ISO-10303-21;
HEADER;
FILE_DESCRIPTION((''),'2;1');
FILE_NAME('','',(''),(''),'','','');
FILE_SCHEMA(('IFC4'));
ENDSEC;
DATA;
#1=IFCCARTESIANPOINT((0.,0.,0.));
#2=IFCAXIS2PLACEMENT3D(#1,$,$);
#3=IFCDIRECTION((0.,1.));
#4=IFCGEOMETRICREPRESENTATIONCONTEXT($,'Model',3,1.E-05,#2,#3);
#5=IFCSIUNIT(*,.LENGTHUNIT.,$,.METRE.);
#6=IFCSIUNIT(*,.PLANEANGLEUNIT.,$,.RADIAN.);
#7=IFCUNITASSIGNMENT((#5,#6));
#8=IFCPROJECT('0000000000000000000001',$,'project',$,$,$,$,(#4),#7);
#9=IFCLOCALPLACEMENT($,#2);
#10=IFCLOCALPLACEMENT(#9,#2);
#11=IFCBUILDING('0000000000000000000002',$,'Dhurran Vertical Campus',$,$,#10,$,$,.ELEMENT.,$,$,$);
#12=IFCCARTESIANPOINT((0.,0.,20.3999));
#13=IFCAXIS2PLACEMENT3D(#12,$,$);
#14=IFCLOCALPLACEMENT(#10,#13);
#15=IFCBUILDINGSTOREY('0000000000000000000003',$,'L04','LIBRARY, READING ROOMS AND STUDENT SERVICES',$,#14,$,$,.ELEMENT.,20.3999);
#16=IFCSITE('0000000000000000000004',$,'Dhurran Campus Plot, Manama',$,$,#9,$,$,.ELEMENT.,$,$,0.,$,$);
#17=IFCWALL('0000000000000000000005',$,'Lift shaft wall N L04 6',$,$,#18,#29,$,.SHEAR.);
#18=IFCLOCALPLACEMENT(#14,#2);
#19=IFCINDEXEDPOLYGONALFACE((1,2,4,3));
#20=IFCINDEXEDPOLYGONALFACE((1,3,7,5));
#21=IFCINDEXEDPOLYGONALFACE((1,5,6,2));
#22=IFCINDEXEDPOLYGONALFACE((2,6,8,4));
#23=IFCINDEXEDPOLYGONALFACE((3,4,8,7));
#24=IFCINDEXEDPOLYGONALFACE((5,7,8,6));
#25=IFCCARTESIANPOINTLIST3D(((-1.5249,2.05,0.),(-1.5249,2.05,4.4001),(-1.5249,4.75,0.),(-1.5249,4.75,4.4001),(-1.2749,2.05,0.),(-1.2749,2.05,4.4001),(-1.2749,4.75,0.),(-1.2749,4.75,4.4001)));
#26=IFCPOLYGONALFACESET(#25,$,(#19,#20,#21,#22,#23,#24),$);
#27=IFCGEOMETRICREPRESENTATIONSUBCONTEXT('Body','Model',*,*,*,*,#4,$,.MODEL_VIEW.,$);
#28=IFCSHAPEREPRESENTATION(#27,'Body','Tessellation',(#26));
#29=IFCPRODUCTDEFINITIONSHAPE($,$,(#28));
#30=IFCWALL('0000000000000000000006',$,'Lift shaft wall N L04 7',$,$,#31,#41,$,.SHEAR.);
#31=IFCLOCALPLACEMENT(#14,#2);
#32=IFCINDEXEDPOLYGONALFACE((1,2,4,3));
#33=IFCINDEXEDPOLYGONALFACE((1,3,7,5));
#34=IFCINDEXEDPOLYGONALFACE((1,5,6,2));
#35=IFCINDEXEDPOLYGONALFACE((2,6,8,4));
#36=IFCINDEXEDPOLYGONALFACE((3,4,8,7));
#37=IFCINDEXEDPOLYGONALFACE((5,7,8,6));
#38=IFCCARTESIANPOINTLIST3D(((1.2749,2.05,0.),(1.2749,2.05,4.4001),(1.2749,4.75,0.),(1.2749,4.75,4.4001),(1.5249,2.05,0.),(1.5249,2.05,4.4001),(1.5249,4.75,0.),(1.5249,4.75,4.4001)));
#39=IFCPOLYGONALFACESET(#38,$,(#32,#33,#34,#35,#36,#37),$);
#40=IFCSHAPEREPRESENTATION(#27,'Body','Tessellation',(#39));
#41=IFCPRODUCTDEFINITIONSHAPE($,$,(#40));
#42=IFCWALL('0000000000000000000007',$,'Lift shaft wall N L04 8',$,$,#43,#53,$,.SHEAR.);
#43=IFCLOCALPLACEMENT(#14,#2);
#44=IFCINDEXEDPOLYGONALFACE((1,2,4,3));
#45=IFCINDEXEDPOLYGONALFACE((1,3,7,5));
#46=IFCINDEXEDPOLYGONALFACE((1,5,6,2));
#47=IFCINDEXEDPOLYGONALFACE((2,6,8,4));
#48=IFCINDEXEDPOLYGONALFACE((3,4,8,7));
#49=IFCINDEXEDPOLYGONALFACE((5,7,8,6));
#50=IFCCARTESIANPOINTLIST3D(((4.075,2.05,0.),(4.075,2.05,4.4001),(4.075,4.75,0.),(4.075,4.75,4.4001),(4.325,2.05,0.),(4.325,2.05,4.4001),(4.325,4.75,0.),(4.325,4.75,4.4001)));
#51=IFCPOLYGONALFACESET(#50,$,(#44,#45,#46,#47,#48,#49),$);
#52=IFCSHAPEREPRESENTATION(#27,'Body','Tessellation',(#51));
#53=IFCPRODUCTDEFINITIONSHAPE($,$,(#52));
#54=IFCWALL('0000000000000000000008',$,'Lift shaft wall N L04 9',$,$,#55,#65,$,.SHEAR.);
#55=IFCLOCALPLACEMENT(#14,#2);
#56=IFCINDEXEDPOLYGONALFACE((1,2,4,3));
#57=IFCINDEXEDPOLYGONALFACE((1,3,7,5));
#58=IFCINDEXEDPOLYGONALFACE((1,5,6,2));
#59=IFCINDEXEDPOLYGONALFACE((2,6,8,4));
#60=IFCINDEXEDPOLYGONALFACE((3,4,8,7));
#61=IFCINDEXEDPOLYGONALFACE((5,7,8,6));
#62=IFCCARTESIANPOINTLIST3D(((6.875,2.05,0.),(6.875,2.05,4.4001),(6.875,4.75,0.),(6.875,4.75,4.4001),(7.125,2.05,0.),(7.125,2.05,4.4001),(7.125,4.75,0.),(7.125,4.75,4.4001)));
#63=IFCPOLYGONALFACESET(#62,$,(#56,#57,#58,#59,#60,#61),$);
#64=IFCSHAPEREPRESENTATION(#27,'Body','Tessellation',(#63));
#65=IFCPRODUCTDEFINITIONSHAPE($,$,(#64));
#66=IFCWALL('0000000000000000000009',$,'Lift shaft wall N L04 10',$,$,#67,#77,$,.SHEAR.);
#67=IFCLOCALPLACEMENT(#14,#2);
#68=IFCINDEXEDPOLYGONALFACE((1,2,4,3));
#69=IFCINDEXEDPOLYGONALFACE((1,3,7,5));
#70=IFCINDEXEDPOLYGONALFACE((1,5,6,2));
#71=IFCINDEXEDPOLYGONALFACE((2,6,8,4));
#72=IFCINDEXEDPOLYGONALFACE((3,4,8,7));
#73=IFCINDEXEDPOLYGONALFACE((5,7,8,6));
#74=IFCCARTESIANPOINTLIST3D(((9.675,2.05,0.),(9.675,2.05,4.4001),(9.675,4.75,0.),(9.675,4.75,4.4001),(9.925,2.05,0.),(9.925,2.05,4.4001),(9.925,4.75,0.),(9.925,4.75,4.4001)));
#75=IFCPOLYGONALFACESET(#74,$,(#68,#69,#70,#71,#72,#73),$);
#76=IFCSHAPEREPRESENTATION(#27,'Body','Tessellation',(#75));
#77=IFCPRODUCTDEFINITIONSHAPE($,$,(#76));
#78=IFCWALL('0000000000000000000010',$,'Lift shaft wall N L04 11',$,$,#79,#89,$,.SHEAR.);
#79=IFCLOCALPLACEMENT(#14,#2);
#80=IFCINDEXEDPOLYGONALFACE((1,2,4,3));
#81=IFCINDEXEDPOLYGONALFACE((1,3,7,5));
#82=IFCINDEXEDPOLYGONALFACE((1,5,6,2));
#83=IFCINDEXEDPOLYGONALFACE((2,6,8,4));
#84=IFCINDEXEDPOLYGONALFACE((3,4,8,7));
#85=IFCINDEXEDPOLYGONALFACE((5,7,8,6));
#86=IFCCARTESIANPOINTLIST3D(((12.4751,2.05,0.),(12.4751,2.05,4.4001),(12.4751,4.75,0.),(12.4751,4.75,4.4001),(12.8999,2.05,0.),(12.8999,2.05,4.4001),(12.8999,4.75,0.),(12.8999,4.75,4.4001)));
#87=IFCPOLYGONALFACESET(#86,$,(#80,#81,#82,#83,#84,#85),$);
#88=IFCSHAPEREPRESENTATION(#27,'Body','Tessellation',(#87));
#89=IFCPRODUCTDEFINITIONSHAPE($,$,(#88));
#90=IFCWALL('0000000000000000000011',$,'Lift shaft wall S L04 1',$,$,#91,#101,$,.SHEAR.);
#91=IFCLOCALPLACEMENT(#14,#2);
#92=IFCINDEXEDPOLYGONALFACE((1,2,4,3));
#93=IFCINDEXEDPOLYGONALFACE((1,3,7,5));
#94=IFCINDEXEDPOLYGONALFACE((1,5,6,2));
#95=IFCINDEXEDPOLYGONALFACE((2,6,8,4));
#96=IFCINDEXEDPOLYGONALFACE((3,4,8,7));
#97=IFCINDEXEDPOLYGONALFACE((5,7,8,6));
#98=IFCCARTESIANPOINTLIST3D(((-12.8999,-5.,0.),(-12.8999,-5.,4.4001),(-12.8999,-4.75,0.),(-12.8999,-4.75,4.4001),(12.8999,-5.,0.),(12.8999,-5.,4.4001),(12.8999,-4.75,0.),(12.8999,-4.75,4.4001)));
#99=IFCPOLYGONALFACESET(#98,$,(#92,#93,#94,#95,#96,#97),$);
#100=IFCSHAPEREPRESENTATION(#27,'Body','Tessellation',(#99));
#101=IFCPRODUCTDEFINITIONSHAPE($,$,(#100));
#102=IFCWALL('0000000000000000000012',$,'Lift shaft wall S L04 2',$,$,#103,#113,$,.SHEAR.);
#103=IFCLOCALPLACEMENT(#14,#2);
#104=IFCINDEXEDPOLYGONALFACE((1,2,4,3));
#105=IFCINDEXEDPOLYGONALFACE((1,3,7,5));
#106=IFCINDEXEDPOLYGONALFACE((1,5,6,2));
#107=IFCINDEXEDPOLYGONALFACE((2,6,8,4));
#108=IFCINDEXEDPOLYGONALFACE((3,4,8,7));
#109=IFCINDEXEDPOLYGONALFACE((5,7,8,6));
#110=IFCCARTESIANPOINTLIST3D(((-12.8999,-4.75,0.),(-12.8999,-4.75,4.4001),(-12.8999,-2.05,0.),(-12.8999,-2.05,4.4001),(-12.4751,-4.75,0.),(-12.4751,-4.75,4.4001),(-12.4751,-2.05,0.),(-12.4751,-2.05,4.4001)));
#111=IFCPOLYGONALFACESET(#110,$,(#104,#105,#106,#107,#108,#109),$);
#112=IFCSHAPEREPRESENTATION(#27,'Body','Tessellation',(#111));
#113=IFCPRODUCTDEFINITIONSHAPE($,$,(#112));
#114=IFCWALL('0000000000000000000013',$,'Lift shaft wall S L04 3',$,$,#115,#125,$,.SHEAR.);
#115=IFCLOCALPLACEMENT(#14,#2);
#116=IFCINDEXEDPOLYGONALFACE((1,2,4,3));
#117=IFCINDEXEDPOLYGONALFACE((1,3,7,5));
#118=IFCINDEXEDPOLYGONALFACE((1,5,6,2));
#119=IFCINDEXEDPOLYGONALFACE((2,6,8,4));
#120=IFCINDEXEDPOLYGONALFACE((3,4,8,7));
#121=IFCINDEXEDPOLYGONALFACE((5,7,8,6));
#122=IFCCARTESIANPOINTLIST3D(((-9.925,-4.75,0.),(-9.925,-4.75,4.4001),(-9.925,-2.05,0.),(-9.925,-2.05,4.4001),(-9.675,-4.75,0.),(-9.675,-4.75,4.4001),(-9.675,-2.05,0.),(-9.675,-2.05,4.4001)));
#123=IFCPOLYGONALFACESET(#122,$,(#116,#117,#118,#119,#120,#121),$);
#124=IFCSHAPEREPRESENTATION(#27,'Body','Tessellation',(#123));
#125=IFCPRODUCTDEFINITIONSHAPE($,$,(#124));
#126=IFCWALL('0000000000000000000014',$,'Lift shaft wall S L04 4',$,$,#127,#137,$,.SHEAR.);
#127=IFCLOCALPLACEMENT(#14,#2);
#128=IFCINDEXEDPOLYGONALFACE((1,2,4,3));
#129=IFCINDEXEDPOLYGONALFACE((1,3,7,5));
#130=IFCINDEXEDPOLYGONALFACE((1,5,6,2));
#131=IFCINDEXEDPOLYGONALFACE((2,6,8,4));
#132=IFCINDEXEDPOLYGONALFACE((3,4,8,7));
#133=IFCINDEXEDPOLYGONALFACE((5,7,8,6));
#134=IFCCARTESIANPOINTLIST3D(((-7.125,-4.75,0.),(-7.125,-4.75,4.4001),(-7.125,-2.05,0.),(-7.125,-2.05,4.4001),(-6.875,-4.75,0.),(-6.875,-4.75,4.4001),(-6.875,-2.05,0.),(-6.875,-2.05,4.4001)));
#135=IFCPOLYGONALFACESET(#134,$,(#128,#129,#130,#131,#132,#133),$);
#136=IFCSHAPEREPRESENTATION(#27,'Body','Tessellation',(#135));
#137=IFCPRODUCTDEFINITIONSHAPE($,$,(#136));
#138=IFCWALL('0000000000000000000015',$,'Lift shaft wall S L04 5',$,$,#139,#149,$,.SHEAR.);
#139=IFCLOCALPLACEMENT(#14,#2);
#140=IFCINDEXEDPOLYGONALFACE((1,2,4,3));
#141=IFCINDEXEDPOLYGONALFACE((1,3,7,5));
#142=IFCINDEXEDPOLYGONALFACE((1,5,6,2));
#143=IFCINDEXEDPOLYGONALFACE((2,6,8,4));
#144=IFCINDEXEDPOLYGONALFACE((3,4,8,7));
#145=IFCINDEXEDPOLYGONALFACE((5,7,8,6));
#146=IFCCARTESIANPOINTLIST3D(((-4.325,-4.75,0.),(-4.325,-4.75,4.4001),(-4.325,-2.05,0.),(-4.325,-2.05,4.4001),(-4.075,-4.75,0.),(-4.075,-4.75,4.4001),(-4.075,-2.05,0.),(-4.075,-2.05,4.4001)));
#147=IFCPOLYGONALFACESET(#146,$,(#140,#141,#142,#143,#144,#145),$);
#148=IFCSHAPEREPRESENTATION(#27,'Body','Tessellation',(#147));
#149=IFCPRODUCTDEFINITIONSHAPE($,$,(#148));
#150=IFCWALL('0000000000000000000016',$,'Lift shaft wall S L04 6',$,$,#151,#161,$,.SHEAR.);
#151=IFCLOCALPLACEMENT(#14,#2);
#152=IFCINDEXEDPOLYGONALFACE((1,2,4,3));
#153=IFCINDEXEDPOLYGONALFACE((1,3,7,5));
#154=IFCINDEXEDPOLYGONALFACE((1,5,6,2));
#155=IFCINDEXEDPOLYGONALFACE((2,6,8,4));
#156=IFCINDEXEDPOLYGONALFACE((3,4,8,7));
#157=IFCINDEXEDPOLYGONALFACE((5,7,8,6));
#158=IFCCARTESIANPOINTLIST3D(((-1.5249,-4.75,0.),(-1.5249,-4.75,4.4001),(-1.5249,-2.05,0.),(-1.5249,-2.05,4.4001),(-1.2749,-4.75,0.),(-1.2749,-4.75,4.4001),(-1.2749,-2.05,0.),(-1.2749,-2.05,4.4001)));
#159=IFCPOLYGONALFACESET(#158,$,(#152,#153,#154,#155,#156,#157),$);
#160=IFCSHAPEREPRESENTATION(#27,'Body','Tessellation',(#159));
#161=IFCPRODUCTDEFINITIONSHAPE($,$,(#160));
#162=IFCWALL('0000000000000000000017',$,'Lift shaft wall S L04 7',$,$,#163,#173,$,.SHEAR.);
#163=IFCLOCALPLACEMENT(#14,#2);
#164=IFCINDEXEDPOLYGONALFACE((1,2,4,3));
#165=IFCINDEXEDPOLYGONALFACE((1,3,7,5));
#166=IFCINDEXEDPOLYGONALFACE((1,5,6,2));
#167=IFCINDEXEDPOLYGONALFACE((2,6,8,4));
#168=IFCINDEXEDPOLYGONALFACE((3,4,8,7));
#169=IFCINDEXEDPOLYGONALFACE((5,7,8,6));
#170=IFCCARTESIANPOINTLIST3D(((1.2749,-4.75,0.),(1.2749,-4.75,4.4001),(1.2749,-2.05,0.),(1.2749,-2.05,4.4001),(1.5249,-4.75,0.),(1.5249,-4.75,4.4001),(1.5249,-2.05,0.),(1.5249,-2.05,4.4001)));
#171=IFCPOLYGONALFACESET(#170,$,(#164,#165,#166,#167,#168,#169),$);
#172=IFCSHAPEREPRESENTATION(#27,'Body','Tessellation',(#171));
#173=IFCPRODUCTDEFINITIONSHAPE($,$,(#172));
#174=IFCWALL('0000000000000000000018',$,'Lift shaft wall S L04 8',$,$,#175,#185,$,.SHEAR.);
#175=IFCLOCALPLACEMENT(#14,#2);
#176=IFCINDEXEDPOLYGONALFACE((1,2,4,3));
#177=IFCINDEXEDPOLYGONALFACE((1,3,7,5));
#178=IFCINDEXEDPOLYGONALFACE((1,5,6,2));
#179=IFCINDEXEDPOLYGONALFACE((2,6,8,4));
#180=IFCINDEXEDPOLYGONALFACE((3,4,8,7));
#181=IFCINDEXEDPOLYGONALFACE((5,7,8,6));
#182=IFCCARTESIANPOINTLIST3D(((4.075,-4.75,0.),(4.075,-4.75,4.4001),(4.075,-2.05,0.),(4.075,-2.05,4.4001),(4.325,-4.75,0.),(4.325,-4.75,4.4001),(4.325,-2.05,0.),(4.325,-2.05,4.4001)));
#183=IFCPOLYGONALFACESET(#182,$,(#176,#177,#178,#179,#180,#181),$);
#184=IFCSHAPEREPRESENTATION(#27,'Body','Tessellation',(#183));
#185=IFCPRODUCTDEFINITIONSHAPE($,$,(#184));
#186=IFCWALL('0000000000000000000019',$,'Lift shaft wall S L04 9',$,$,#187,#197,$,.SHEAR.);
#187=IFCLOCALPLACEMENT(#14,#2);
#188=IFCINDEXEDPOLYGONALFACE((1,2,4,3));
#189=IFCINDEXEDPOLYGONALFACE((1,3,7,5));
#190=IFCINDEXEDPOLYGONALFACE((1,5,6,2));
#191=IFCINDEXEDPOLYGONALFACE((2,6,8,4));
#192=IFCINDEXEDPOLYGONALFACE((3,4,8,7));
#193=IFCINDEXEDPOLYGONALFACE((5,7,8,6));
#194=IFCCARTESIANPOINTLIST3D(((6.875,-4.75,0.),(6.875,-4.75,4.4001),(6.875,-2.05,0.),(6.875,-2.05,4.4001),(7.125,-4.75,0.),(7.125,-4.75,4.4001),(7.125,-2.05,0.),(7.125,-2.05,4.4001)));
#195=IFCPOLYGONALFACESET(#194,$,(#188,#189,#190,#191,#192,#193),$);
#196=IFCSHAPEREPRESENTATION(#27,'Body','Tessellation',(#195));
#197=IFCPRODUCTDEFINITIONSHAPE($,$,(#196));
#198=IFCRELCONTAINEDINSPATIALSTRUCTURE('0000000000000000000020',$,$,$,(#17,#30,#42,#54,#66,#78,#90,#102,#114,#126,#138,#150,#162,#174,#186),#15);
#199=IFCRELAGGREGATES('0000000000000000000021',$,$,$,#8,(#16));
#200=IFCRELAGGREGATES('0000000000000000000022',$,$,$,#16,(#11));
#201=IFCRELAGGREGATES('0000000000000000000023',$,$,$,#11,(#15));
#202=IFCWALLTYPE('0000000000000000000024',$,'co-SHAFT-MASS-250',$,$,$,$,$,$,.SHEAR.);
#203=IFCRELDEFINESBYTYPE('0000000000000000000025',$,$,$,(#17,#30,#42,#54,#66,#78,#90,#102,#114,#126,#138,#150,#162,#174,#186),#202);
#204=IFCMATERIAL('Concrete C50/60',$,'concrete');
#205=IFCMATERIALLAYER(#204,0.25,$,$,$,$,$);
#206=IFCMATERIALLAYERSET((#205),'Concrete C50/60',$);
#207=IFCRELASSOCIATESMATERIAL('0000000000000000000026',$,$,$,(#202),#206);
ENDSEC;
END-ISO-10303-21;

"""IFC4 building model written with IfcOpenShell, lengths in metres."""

from ifc_helpers import new_model, si_unit, direction, frame, origin, place, context, subcontext, project, spatial, polyline, outline, extrude, material, layer, layer_set, type_object, element, save


model = new_model("IFC4")

# Units and contexts
model_context = context("Model", 3, precision=1e-05, world=origin(), true_north=direction((0.0, 1.0)))
body_context = subcontext(model_context, "Body", "Model", "MODEL_VIEW")
ifc_project = project(units=[si_unit("LENGTHUNIT", "METRE"), si_unit("PLANEANGLEUNIT", "RADIAN")], contexts=[model_context])

# Site, building, storey
site_placement = place(None, origin())
site = spatial("IfcSite", under=ifc_project, at=site_placement, Name="Dhurran Campus Plot, Manama", CompositionType="ELEMENT", RefElevation=0.0)
building_placement = place(site_placement, origin())
building = spatial("IfcBuilding", under=site, at=building_placement, Name="Dhurran Vertical Campus", CompositionType="ELEMENT")
storey_placement = place(building_placement, frame((0.0, 0.0, 20.3999)))
storey = spatial("IfcBuildingStorey", under=building, at=storey_placement, Name="L04", Description="LIBRARY, READING ROOMS AND STUDENT SERVICES", CompositionType="ELEMENT", Elevation=20.3999)

# Walls
ifc_material = material(Name="Concrete C50/60", Category="concrete")
ifc_layer = layer(ifc_material, 0.25)
ifc_layer_set = layer_set([ifc_layer], Name="Concrete C50/60")
wall_type = type_object("IfcWallType", Name="co-SHAFT-MASS-250", PredefinedType="SHEAR", material=ifc_layer_set)
wall_1_placement = place(storey_placement, origin())
element("IfcWall", 1, at=wall_1_placement, inside=storey, type_object=wall_type, Name="Lift shaft wall N L04 6", PredefinedType="SHEAR", context=body_context, shape_type="SweptSolid", body=[
    extrude(outline(polyline([(-1.5249, 2.05), (-1.2749, 2.05), (-1.2749, 4.75), (-1.5249, 4.75), (-1.5249, 2.05)])), origin(), (0.0, 0.0, 1.0), 4.4001),
])
wall_2_placement = place(storey_placement, origin())
element("IfcWall", 2, at=wall_2_placement, inside=storey, type_object=wall_type, Name="Lift shaft wall N L04 7", PredefinedType="SHEAR", context=body_context, shape_type="SweptSolid", body=[
    extrude(outline(polyline([(1.2749, 2.05), (1.5249, 2.05), (1.5249, 4.75), (1.2749, 4.75), (1.2749, 2.05)])), origin(), (0.0, 0.0, 1.0), 4.4001),
])
wall_3_placement = place(storey_placement, origin())
element("IfcWall", 3, at=wall_3_placement, inside=storey, type_object=wall_type, Name="Lift shaft wall N L04 8", PredefinedType="SHEAR", context=body_context, shape_type="SweptSolid", body=[
    extrude(outline(polyline([(4.075, 2.05), (4.325, 2.05), (4.325, 4.75), (4.075, 4.75), (4.075, 2.05)])), origin(), (0.0, 0.0, 1.0), 4.4001),
])
wall_4_placement = place(storey_placement, origin())
element("IfcWall", 4, at=wall_4_placement, inside=storey, type_object=wall_type, Name="Lift shaft wall N L04 9", PredefinedType="SHEAR", context=body_context, shape_type="SweptSolid", body=[
    extrude(outline(polyline([(6.875, 2.05), (7.125, 2.05), (7.125, 4.75), (6.875, 4.75), (6.875, 2.05)])), origin(), (0.0, 0.0, 1.0), 4.4001),
])
wall_5_placement = place(storey_placement, origin())
element("IfcWall", 5, at=wall_5_placement, inside=storey, type_object=wall_type, Name="Lift shaft wall N L04 10", PredefinedType="SHEAR", context=body_context, shape_type="SweptSolid", body=[
    extrude(outline(polyline([(9.675, 2.05), (9.925, 2.05), (9.925, 4.75), (9.675, 4.75), (9.675, 2.05)])), origin(), (0.0, 0.0, 1.0), 4.4001),
])
wall_6_placement = place(storey_placement, origin())
element("IfcWall", 6, at=wall_6_placement, inside=storey, type_object=wall_type, Name="Lift shaft wall N L04 11", PredefinedType="SHEAR", context=body_context, shape_type="SweptSolid", body=[
    extrude(outline(polyline([(12.4751, 2.05), (12.8999, 2.05), (12.8999, 4.75), (12.4751, 4.75), (12.4751, 2.05)])), origin(), (0.0, 0.0, 1.0), 4.4001),
])
wall_7_placement = place(storey_placement, origin())
element("IfcWall", 7, at=wall_7_placement, inside=storey, type_object=wall_type, Name="Lift shaft wall S L04 1", PredefinedType="SHEAR", context=body_context, shape_type="SweptSolid", body=[
    extrude(outline(polyline([(-12.8999, -5.0), (12.8999, -5.0), (12.8999, -4.75), (-12.8999, -4.75), (-12.8999, -5.0)])), origin(), (0.0, 0.0, 1.0), 4.4001),
])
wall_8_placement = place(storey_placement, origin())
element("IfcWall", 8, at=wall_8_placement, inside=storey, type_object=wall_type, Name="Lift shaft wall S L04 2", PredefinedType="SHEAR", context=body_context, shape_type="SweptSolid", body=[
    extrude(outline(polyline([(-12.8999, -4.75), (-12.4751, -4.75), (-12.4751, -2.05), (-12.8999, -2.05), (-12.8999, -4.75)])), origin(), (0.0, 0.0, 1.0), 4.4001),
])
wall_9_placement = place(storey_placement, origin())
element("IfcWall", 9, at=wall_9_placement, inside=storey, type_object=wall_type, Name="Lift shaft wall S L04 3", PredefinedType="SHEAR", context=body_context, shape_type="SweptSolid", body=[
    extrude(outline(polyline([(-9.925, -4.75), (-9.675, -4.75), (-9.675, -2.05), (-9.925, -2.05), (-9.925, -4.75)])), origin(), (0.0, 0.0, 1.0), 4.4001),
])
wall_10_placement = place(storey_placement, origin())
element("IfcWall", 10, at=wall_10_placement, inside=storey, type_object=wall_type, Name="Lift shaft wall S L04 4", PredefinedType="SHEAR", context=body_context, shape_type="SweptSolid", body=[
    extrude(outline(polyline([(-7.125, -4.75), (-6.875, -4.75), (-6.875, -2.05), (-7.125, -2.05), (-7.125, -4.75)])), origin(), (0.0, 0.0, 1.0), 4.4001),
])
wall_11_placement = place(storey_placement, origin())
element("IfcWall", 11, at=wall_11_placement, inside=storey, type_object=wall_type, Name="Lift shaft wall S L04 5", PredefinedType="SHEAR", context=body_context, shape_type="SweptSolid", body=[
    extrude(outline(polyline([(-4.325, -4.75), (-4.075, -4.75), (-4.075, -2.05), (-4.325, -2.05), (-4.325, -4.75)])), origin(), (0.0, 0.0, 1.0), 4.4001),
])
wall_12_placement = place(storey_placement, origin())
element("IfcWall", 12, at=wall_12_placement, inside=storey, type_object=wall_type, Name="Lift shaft wall S L04 6", PredefinedType="SHEAR", context=body_context, shape_type="SweptSolid", body=[
    extrude(outline(polyline([(-1.5249, -4.75), (-1.2749, -4.75), (-1.2749, -2.05), (-1.5249, -2.05), (-1.5249, -4.75)])), origin(), (0.0, 0.0, 1.0), 4.4001),
])
wall_13_placement = place(storey_placement, origin())
element("IfcWall", 13, at=wall_13_placement, inside=storey, type_object=wall_type, Name="Lift shaft wall S L04 7", PredefinedType="SHEAR", context=body_context, shape_type="SweptSolid", body=[
    extrude(outline(polyline([(1.2749, -4.75), (1.5249, -4.75), (1.5249, -2.05), (1.2749, -2.05), (1.2749, -4.75)])), origin(), (0.0, 0.0, 1.0), 4.4001),
])
wall_14_placement = place(storey_placement, origin())
element("IfcWall", 14, at=wall_14_placement, inside=storey, type_object=wall_type, Name="Lift shaft wall S L04 8", PredefinedType="SHEAR", context=body_context, shape_type="SweptSolid", body=[
    extrude(outline(polyline([(4.075, -4.75), (4.325, -4.75), (4.325, -2.05), (4.075, -2.05), (4.075, -4.75)])), origin(), (0.0, 0.0, 1.0), 4.4001),
])
wall_15_placement = place(storey_placement, origin())
element("IfcWall", 15, at=wall_15_placement, inside=storey, type_object=wall_type, Name="Lift shaft wall S L04 9", PredefinedType="SHEAR", context=body_context, shape_type="SweptSolid", body=[
    extrude(outline(polyline([(6.875, -4.75), (7.125, -4.75), (7.125, -2.05), (6.875, -2.05), (6.875, -4.75)])), origin(), (0.0, 0.0, 1.0), 4.4001),
])

save(model, "model.ifc")
